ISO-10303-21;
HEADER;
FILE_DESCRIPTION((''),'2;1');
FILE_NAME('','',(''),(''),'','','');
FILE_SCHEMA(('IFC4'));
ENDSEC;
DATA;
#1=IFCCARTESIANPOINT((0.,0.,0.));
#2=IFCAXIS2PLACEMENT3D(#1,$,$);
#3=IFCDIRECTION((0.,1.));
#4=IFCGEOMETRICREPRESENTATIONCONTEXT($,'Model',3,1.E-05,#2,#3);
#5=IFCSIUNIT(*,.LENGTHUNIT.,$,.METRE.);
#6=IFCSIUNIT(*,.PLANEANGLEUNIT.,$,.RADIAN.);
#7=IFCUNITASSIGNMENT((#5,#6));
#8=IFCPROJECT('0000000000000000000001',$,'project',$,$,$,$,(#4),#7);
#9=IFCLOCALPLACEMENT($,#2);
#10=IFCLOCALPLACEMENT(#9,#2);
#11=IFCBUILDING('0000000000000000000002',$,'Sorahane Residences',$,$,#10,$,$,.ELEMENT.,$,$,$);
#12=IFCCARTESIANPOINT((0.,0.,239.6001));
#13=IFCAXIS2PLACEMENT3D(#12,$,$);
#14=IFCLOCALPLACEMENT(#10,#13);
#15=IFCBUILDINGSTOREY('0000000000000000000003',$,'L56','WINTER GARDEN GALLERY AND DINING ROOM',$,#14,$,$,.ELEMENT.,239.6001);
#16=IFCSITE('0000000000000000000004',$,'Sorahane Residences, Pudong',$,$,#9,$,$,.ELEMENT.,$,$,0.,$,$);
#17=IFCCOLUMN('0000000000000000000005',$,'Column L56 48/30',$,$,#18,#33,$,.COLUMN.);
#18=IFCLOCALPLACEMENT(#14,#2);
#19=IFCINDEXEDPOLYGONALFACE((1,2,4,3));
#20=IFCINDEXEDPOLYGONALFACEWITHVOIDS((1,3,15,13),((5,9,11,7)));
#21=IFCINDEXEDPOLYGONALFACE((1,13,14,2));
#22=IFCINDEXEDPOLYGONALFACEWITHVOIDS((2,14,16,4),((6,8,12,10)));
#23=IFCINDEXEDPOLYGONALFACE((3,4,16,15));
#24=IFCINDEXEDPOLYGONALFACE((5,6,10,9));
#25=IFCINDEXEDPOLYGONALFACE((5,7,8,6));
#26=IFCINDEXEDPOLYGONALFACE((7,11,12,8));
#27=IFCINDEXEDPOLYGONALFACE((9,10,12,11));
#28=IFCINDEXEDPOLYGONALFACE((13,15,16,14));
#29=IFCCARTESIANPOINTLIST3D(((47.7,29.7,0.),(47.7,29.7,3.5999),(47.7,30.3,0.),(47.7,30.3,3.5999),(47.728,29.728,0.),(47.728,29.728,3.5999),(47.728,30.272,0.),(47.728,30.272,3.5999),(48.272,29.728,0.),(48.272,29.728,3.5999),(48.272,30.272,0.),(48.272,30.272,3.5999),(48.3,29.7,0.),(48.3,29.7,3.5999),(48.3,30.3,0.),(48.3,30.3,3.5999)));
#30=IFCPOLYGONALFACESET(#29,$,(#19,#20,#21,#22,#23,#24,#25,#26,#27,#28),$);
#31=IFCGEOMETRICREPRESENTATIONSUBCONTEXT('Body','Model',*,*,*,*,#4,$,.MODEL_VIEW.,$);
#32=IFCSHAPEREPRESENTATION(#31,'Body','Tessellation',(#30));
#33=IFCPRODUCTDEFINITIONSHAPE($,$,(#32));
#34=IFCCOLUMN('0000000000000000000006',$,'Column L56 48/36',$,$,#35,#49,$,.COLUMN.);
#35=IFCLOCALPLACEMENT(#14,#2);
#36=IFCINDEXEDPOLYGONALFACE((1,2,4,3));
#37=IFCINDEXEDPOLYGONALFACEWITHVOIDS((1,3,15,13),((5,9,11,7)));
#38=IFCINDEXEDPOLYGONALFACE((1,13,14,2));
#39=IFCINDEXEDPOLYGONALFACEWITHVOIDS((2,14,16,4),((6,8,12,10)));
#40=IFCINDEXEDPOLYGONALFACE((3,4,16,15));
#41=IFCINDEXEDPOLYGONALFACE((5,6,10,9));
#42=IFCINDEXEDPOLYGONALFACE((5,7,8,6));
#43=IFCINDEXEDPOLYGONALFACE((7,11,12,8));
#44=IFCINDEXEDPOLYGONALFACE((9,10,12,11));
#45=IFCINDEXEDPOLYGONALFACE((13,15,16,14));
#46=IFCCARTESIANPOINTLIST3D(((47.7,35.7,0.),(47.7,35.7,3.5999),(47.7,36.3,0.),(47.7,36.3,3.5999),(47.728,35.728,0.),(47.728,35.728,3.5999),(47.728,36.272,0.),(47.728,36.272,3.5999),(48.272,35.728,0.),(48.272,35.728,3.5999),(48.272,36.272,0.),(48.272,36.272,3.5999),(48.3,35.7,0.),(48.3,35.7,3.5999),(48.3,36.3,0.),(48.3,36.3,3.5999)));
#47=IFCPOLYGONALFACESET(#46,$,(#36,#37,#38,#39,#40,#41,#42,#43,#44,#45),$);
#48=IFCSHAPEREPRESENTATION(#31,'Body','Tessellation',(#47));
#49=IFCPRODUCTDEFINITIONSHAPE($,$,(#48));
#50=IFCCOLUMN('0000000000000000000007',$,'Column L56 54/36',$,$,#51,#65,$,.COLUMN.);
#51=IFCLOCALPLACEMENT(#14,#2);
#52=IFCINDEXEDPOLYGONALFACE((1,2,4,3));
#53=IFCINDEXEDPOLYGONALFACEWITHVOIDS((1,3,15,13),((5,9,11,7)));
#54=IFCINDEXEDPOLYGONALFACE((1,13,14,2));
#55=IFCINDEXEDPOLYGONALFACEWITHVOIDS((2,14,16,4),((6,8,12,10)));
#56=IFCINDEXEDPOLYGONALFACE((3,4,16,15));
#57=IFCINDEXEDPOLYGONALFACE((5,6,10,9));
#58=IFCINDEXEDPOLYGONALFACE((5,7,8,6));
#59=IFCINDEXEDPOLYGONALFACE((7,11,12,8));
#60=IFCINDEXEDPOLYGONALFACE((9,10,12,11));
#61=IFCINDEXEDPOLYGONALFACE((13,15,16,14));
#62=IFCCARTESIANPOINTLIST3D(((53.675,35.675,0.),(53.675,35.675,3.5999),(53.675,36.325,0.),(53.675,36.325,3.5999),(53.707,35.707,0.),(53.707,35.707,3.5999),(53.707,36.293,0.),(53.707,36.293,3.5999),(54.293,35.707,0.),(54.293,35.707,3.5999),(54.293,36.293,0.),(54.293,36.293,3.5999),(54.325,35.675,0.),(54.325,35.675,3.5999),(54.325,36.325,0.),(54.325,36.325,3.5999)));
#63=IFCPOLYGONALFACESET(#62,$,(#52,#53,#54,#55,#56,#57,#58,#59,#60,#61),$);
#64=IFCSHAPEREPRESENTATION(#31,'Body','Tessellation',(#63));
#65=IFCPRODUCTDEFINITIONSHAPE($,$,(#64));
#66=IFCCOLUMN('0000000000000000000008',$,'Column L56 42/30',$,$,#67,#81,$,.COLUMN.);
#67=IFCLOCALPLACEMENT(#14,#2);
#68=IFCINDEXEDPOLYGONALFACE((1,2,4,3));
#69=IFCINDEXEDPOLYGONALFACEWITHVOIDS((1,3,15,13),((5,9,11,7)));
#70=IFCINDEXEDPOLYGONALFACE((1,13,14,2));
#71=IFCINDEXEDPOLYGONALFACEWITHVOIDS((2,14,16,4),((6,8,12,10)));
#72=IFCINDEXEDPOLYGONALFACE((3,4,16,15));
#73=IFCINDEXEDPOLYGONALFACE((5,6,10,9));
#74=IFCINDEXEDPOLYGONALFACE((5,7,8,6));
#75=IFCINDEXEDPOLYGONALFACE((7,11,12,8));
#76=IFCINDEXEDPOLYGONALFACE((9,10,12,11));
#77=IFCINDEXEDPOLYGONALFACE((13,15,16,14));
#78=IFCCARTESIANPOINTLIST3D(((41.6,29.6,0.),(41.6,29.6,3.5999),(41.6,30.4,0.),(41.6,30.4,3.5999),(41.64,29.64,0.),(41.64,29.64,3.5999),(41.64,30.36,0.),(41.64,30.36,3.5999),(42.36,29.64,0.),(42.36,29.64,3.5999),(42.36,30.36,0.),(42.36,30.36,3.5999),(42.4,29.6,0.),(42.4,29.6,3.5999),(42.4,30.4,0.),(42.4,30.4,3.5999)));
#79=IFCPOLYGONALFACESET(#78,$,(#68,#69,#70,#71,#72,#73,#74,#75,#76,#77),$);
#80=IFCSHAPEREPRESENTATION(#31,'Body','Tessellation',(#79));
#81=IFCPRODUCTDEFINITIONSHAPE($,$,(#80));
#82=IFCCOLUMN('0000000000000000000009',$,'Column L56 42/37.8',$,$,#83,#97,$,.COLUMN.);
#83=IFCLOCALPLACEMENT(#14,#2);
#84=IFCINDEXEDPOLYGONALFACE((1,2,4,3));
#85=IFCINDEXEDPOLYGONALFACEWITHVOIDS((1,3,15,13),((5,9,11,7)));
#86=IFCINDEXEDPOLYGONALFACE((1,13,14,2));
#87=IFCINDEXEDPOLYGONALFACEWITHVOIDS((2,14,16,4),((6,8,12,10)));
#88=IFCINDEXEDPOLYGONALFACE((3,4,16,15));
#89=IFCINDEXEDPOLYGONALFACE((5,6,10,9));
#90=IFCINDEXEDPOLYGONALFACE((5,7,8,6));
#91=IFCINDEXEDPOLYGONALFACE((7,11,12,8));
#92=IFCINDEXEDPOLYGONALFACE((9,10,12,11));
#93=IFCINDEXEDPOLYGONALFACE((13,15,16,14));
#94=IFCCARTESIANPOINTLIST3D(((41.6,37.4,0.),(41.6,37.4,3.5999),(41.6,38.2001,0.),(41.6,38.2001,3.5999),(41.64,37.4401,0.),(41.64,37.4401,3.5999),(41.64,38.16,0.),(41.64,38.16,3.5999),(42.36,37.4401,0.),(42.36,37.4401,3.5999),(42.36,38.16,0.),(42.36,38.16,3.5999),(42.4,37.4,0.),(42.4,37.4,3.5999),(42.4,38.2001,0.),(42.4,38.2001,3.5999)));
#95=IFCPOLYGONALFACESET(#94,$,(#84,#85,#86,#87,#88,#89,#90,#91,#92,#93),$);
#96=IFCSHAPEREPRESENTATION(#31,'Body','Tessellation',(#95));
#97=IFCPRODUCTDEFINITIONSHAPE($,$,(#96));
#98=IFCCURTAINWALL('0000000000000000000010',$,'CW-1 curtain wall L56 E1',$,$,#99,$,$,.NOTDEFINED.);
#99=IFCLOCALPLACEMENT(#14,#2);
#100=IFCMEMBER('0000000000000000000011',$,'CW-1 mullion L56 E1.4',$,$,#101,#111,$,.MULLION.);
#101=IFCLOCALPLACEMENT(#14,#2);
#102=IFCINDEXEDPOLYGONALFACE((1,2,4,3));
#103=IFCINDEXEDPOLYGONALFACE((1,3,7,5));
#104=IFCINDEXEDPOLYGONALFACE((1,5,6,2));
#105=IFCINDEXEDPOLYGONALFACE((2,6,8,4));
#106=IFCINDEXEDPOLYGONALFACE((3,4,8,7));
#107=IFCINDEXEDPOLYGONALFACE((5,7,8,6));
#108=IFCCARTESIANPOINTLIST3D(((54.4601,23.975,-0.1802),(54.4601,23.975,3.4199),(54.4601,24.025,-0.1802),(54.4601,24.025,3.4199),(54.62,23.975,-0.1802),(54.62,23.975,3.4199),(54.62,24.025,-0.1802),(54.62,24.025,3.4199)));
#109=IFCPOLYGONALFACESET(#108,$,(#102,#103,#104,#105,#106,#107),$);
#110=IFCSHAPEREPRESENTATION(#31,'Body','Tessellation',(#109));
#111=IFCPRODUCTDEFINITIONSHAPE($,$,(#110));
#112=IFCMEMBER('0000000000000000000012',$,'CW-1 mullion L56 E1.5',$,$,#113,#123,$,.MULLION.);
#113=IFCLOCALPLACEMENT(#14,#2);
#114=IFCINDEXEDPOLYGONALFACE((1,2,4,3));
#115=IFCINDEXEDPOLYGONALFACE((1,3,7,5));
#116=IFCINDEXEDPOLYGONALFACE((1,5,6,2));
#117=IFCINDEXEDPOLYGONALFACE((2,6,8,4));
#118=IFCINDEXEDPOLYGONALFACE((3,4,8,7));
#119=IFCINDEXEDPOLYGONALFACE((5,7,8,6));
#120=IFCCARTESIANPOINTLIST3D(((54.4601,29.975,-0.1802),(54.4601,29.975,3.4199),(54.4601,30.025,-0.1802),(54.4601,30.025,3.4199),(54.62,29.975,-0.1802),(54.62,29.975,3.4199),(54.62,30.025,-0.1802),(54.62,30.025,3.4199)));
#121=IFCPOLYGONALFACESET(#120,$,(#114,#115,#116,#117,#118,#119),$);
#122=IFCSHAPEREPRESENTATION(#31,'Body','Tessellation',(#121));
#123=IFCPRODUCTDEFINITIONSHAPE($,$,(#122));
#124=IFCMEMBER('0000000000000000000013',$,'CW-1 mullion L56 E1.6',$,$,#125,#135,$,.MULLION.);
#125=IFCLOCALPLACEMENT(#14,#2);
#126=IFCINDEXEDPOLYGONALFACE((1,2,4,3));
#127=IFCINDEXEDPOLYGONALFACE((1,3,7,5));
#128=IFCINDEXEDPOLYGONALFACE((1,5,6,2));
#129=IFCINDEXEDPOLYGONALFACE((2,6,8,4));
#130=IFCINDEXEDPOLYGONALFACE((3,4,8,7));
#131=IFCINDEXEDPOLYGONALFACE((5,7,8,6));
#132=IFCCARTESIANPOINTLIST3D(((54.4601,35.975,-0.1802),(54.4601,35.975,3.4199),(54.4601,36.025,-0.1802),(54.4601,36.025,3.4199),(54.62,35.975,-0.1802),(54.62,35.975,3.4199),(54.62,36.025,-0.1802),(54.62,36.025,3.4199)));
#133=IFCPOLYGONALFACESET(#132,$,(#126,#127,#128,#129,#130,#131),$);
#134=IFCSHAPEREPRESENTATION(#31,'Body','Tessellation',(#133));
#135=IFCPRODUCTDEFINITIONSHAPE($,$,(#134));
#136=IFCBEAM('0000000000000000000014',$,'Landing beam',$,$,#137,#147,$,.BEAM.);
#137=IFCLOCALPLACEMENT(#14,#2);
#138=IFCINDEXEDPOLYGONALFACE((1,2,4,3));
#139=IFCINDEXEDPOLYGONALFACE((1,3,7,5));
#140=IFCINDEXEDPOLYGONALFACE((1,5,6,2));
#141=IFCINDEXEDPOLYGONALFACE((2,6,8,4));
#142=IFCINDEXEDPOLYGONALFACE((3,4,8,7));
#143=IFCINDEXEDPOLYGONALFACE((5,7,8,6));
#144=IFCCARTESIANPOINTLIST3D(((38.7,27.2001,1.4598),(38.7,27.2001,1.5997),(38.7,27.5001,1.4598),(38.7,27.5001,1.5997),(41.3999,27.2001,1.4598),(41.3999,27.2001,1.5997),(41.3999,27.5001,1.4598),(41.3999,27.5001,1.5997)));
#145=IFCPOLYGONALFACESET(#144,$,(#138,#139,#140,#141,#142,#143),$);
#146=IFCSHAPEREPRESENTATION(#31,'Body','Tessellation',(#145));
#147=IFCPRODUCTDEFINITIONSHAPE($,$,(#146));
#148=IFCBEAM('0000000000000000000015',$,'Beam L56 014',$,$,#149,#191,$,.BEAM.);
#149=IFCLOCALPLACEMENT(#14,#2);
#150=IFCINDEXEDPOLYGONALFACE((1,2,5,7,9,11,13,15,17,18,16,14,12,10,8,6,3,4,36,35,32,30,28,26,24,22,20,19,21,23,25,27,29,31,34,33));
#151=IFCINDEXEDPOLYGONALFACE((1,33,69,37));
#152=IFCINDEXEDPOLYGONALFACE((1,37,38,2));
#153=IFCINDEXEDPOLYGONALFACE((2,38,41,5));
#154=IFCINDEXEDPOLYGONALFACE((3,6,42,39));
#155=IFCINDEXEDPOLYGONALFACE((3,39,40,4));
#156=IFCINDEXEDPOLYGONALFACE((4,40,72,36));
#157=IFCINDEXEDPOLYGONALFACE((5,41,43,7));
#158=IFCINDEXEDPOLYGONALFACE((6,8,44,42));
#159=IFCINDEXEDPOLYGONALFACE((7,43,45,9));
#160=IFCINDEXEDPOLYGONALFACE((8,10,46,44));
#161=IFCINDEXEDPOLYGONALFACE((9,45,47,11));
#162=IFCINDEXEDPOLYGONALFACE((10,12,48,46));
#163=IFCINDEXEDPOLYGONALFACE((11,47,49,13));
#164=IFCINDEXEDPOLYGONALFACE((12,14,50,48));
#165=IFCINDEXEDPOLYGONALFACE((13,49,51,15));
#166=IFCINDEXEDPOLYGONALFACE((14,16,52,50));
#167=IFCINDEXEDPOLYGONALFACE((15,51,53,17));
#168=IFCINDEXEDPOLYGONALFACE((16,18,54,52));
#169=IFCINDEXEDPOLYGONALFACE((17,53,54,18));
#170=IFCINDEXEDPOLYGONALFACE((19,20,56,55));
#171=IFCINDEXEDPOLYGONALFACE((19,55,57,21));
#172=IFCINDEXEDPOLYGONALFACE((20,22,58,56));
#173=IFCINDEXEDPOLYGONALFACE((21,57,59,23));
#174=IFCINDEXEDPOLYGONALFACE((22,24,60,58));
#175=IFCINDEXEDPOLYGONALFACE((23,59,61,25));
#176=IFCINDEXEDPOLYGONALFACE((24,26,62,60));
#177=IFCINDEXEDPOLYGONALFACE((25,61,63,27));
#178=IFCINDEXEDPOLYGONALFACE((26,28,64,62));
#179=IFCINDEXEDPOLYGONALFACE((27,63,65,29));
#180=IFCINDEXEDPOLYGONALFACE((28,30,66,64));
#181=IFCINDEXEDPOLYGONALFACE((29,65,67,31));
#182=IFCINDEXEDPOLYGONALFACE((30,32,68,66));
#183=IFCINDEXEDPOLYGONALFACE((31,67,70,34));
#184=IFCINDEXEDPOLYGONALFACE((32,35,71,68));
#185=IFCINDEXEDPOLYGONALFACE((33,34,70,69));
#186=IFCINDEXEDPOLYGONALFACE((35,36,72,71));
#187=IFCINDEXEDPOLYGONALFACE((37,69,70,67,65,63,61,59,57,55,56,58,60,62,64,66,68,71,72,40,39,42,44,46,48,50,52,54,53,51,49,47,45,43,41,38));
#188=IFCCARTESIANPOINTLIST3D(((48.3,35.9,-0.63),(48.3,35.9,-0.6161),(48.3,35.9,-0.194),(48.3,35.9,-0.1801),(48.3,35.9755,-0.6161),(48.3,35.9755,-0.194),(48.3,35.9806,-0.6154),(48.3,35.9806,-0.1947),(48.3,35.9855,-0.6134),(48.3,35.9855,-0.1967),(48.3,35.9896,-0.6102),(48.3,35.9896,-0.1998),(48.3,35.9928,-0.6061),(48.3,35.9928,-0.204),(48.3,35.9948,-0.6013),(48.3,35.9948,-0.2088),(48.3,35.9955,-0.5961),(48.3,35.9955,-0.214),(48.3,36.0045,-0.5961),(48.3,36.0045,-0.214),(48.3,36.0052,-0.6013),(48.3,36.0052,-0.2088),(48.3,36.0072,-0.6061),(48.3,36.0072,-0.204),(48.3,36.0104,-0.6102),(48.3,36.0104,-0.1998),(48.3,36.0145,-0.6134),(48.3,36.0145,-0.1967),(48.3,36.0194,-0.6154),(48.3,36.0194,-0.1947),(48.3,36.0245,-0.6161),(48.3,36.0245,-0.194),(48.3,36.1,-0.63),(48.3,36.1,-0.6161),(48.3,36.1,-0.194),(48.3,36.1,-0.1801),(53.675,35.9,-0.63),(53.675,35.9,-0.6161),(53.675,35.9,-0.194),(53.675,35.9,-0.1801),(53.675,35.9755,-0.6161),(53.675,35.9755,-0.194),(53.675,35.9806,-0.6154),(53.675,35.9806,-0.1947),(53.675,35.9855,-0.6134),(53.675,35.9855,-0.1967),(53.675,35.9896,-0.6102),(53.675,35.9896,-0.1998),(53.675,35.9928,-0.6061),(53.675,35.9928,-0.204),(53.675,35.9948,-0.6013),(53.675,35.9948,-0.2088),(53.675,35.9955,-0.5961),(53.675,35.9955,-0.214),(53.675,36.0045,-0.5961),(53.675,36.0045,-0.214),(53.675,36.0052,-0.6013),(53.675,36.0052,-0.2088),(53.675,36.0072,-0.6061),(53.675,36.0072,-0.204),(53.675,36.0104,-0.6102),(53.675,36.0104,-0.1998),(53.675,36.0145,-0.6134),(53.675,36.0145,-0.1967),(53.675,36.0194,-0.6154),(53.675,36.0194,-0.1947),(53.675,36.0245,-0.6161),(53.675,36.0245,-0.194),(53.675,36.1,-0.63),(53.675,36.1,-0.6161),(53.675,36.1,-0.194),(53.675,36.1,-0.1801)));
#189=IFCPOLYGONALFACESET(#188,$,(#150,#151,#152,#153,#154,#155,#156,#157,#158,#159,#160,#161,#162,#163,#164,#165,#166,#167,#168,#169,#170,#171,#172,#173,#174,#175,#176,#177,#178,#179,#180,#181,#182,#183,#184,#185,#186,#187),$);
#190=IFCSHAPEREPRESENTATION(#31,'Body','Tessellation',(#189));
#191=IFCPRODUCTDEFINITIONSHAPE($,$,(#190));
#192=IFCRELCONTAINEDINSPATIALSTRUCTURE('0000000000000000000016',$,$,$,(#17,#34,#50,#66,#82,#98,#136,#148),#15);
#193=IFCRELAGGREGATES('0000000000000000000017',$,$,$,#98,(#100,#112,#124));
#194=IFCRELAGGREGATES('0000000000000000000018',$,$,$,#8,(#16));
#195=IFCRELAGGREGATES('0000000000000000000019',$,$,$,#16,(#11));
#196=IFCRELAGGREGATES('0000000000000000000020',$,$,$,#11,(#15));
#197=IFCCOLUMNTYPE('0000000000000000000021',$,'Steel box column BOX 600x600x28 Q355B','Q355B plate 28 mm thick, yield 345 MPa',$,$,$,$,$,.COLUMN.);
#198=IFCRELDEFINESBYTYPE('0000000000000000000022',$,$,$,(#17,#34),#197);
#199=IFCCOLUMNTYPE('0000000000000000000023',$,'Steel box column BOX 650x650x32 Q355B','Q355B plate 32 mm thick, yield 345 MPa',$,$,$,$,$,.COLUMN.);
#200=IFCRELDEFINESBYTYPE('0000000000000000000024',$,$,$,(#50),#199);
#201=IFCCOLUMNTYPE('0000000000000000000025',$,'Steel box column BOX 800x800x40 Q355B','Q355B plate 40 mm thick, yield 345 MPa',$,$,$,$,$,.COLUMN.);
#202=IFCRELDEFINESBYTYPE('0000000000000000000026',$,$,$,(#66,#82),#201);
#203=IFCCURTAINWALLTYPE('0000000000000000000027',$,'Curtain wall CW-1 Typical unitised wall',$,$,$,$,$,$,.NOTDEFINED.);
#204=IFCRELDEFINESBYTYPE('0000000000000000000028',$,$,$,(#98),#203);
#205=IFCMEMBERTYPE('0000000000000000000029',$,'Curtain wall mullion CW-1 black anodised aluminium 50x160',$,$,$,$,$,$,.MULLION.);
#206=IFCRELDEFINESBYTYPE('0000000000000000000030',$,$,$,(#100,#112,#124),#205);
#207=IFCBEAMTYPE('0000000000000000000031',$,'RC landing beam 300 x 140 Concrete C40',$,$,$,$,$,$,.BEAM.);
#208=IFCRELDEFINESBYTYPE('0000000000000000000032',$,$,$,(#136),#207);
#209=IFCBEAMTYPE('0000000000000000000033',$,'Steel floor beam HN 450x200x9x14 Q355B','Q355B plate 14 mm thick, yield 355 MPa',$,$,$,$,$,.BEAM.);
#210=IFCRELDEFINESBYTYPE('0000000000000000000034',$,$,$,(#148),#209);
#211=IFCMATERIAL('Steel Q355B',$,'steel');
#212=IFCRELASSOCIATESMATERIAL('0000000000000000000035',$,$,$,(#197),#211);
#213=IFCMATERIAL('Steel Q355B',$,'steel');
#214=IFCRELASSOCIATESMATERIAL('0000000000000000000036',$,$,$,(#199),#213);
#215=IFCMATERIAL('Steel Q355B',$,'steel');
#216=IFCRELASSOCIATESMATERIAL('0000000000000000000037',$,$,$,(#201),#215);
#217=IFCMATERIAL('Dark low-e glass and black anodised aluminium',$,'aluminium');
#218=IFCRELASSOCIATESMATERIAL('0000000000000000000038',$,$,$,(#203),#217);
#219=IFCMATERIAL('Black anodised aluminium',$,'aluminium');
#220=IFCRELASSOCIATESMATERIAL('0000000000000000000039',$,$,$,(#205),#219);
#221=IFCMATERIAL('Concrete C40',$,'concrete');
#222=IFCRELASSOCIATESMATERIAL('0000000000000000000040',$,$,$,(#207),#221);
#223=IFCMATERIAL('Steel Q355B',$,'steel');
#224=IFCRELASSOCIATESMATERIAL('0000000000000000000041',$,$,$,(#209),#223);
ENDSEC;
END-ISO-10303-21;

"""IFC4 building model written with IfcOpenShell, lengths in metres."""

from ifc_helpers import new_model, si_unit, direction, frame, origin, origin_2d, place, context, subcontext, project, spatial, rectangle, hollow_rectangle, i_section, extrude, material, material_profile, profile_set, type_object, element, aggregate, save


model = new_model("IFC4")

# Units and contexts
model_context = context("Model", 3, precision=1e-05, world=origin(), true_north=direction((0.0, 1.0)))
body_context = subcontext(model_context, "Body", "Model", "MODEL_VIEW")
ifc_project = project(units=[si_unit("LENGTHUNIT", "METRE"), si_unit("PLANEANGLEUNIT", "RADIAN")], contexts=[model_context])

# Site, building, storey
site_placement = place(None, origin())
site = spatial("IfcSite", under=ifc_project, at=site_placement, Name="Sorahane Residences, Pudong", CompositionType="ELEMENT", RefElevation=0.0)
building_placement = place(site_placement, origin())
building = spatial("IfcBuilding", under=site, at=building_placement, Name="Sorahane Residences", CompositionType="ELEMENT")
storey_placement = place(building_placement, frame((0.0, 0.0, 239.6001)))
storey = spatial("IfcBuildingStorey", under=building, at=storey_placement, Name="L56", Description="WINTER GARDEN GALLERY AND DINING ROOM", CompositionType="ELEMENT", Elevation=239.6001)

# Columns
ifc_material_1 = material(Name="Steel Q355B", Category="steel")
ifc_material_profile_1 = material_profile(ifc_material_1, hollow_rectangle(XDim=0.6001, YDim=0.6001, WallThickness=0.0281, at=origin_2d()), Name="BOX 600x600x28")
ifc_profile_set_1 = profile_set([ifc_material_profile_1], Name="Steel Q355B")
column_type_1 = type_object("IfcColumnType", Name="Steel box column BOX 600x600x28 Q355B", Description="Q355B plate 28 mm thick, yield 345 MPa", PredefinedType="COLUMN", material=ifc_profile_set_1)
for number, where, z_axis, x_axis, name in (
    (1, (48.0, 30.0, 0.0), (0.0, 0.0, 1.0), (1.0, 0.0, 0.0), "Column L56 48/30"),
    (2, (48.0, 36.0, 0.0), (0.0, 0.0, 1.0), (1.0, 0.0, 0.0), "Column L56 48/36"),
):
    element("IfcColumn", number, at=place(storey_placement, frame(where, z_axis=z_axis, x_axis=x_axis)), inside=storey, type_object=column_type_1, Name=name, PredefinedType="COLUMN", context=body_context, shape_type="SweptSolid", body=[
        extrude(hollow_rectangle(XDim=0.6001, YDim=0.6001, WallThickness=0.0281, at=origin_2d()), origin(), (0.0, 0.0, 1.0), 3.5999),
    ])
ifc_material_2 = material(Name="Steel Q355B", Category="steel")
ifc_material_profile_2 = material_profile(ifc_material_2, hollow_rectangle(XDim=0.6499, YDim=0.6499, WallThickness=0.032, at=origin_2d()), Name="BOX 650x650x32")
ifc_profile_set_2 = profile_set([ifc_material_profile_2], Name="Steel Q355B")
column_type_2 = type_object("IfcColumnType", Name="Steel box column BOX 650x650x32 Q355B", Description="Q355B plate 32 mm thick, yield 345 MPa", PredefinedType="COLUMN", material=ifc_profile_set_2)
column_placement = place(storey_placement, frame((54.0, 36.0, 0.0), z_axis=(0.0, 0.0, 1.0), x_axis=(1.0, 0.0, 0.0)))
element("IfcColumn", 3, at=column_placement, inside=storey, type_object=column_type_2, Name="Column L56 54/36", PredefinedType="COLUMN", context=body_context, shape_type="SweptSolid", body=[
    extrude(hollow_rectangle(XDim=0.6499, YDim=0.6499, WallThickness=0.032, at=origin_2d()), origin(), (0.0, 0.0, 1.0), 3.5999),
])
ifc_material_3 = material(Name="Steel Q355B", Category="steel")
ifc_material_profile_3 = material_profile(ifc_material_3, hollow_rectangle(XDim=0.8, YDim=0.8, WallThickness=0.04, at=origin_2d()), Name="BOX 800x800x40")
ifc_profile_set_3 = profile_set([ifc_material_profile_3], Name="Steel Q355B")
column_type_3 = type_object("IfcColumnType", Name="Steel box column BOX 800x800x40 Q355B", Description="Q355B plate 40 mm thick, yield 345 MPa", PredefinedType="COLUMN", material=ifc_profile_set_3)
for number, where, z_axis, x_axis, name in (
    (4, (42.0, 30.0, 0.0), (0.0, 0.0, 1.0), (1.0, 0.0, 0.0), "Column L56 42/30"),
    (5, (42.0, 37.8, 0.0), (0.0, 0.0, 1.0), (1.0, 0.0, 0.0), "Column L56 42/37.8"),
):
    element("IfcColumn", number, at=place(storey_placement, frame(where, z_axis=z_axis, x_axis=x_axis)), inside=storey, type_object=column_type_3, Name=name, PredefinedType="COLUMN", context=body_context, shape_type="SweptSolid", body=[
        extrude(hollow_rectangle(XDim=0.8, YDim=0.8, WallThickness=0.04, at=origin_2d()), origin(), (0.0, 0.0, 1.0), 3.5999),
    ])

# Curtain wall, members
ifc_material_4 = material(Name="Dark low-e glass and black anodised aluminium", Category="aluminium")
curtain_wall_type = type_object("IfcCurtainWallType", Name="Curtain wall CW-1 Typical unitised wall", PredefinedType="NOTDEFINED", material=ifc_material_4)
curtain_wall_placement = place(storey_placement, origin())
curtain_wall = element("IfcCurtainWall", 6, at=curtain_wall_placement, inside=storey, type_object=curtain_wall_type, Name="CW-1 curtain wall L56 E1", PredefinedType="NOTDEFINED")
ifc_material_5 = material(Name="Black anodised aluminium", Category="aluminium")
ifc_material_profile_4 = material_profile(ifc_material_5, rectangle(XDim=0.1599, YDim=0.05, at=origin_2d()), Name="Curtain wall mullion CW-1 black anodised aluminium 50x160")
ifc_profile_set_4 = profile_set([ifc_material_profile_4], Name="Black anodised aluminium")
member_type = type_object("IfcMemberType", Name="Curtain wall mullion CW-1 black anodised aluminium 50x160", PredefinedType="MULLION", material=ifc_profile_set_4)
member_1_placement = place(storey_placement, frame((54.54, 24.0, -0.1802), z_axis=(0.0, 0.0, 1.0), x_axis=(1.0, 0.0, 0.0)))
member_1 = element("IfcMember", 7, at=member_1_placement, type_object=member_type, Name="CW-1 mullion L56 E1.4", PredefinedType="MULLION", context=body_context, shape_type="SweptSolid", body=[
    extrude(rectangle(XDim=0.1599, YDim=0.05, at=origin_2d()), origin(), (0.0, 0.0, 1.0), 3.6001),
])
member_2_placement = place(storey_placement, frame((54.54, 30.0, -0.1802), z_axis=(0.0, 0.0, 1.0), x_axis=(1.0, 0.0, 0.0)))
member_2 = element("IfcMember", 8, at=member_2_placement, type_object=member_type, Name="CW-1 mullion L56 E1.5", PredefinedType="MULLION", context=body_context, shape_type="SweptSolid", body=[
    extrude(rectangle(XDim=0.1599, YDim=0.05, at=origin_2d()), origin(), (0.0, 0.0, 1.0), 3.6001),
])
member_3_placement = place(storey_placement, frame((54.54, 36.0, -0.1802), z_axis=(0.0, 0.0, 1.0), x_axis=(1.0, 0.0, 0.0)))
member_3 = element("IfcMember", 9, at=member_3_placement, type_object=member_type, Name="CW-1 mullion L56 E1.6", PredefinedType="MULLION", context=body_context, shape_type="SweptSolid", body=[
    extrude(rectangle(XDim=0.1599, YDim=0.05, at=origin_2d()), origin(), (0.0, 0.0, 1.0), 3.6001),
])

# Beams
ifc_material_6 = material(Name="Concrete C40", Category="concrete")
ifc_material_profile_5 = material_profile(ifc_material_6, rectangle(XDim=0.3, YDim=0.1399, at=origin_2d()), Name="300x140")
ifc_profile_set_5 = profile_set([ifc_material_profile_5], Name="Concrete C40")
beam_type_1 = type_object("IfcBeamType", Name="RC landing beam 300 x 140 Concrete C40", PredefinedType="BEAM", material=ifc_profile_set_5)
beam_1_placement = place(storey_placement, frame((38.7, 27.3501, 1.5298), z_axis=(1.0, 0.0, 0.0), x_axis=(0.0, 1.0, 0.0)))
element("IfcBeam", 10, at=beam_1_placement, inside=storey, type_object=beam_type_1, Name="Landing beam", PredefinedType="BEAM", context=body_context, shape_type="SweptSolid", body=[
    extrude(rectangle(XDim=0.3, YDim=0.1399, at=origin_2d()), origin(), (0.0, 0.0, 1.0), 2.7),
])
ifc_material_7 = material(Name="Steel Q355B", Category="steel")
ifc_material_profile_6 = material_profile(ifc_material_7, i_section(OverallWidth=0.2, OverallDepth=0.45, WebThickness=0.009, FlangeThickness=0.0139, FilletRadius=0.02, at=origin_2d()), Name="HN 450x200x9x14")
ifc_profile_set_6 = profile_set([ifc_material_profile_6], Name="Steel Q355B")
beam_type_2 = type_object("IfcBeamType", Name="Steel floor beam HN 450x200x9x14 Q355B", Description="Q355B plate 14 mm thick, yield 355 MPa", PredefinedType="BEAM", material=ifc_profile_set_6)
beam_2_placement = place(storey_placement, frame((48.3, 36.0, -0.405), z_axis=(1.0, 0.0, 0.0), x_axis=(0.0, 1.0, 0.0)))
element("IfcBeam", 11, at=beam_2_placement, inside=storey, type_object=beam_type_2, Name="Beam L56 014", PredefinedType="BEAM", context=body_context, shape_type="SweptSolid", body=[
    extrude(i_section(OverallWidth=0.2, OverallDepth=0.45, WebThickness=0.009, FlangeThickness=0.0139, FilletRadius=0.02, at=origin_2d()), origin(), (0.0, 0.0, 1.0), 5.375),
])

aggregate(curtain_wall, [member_1, member_2, member_3])

save(model, "model.ifc")
